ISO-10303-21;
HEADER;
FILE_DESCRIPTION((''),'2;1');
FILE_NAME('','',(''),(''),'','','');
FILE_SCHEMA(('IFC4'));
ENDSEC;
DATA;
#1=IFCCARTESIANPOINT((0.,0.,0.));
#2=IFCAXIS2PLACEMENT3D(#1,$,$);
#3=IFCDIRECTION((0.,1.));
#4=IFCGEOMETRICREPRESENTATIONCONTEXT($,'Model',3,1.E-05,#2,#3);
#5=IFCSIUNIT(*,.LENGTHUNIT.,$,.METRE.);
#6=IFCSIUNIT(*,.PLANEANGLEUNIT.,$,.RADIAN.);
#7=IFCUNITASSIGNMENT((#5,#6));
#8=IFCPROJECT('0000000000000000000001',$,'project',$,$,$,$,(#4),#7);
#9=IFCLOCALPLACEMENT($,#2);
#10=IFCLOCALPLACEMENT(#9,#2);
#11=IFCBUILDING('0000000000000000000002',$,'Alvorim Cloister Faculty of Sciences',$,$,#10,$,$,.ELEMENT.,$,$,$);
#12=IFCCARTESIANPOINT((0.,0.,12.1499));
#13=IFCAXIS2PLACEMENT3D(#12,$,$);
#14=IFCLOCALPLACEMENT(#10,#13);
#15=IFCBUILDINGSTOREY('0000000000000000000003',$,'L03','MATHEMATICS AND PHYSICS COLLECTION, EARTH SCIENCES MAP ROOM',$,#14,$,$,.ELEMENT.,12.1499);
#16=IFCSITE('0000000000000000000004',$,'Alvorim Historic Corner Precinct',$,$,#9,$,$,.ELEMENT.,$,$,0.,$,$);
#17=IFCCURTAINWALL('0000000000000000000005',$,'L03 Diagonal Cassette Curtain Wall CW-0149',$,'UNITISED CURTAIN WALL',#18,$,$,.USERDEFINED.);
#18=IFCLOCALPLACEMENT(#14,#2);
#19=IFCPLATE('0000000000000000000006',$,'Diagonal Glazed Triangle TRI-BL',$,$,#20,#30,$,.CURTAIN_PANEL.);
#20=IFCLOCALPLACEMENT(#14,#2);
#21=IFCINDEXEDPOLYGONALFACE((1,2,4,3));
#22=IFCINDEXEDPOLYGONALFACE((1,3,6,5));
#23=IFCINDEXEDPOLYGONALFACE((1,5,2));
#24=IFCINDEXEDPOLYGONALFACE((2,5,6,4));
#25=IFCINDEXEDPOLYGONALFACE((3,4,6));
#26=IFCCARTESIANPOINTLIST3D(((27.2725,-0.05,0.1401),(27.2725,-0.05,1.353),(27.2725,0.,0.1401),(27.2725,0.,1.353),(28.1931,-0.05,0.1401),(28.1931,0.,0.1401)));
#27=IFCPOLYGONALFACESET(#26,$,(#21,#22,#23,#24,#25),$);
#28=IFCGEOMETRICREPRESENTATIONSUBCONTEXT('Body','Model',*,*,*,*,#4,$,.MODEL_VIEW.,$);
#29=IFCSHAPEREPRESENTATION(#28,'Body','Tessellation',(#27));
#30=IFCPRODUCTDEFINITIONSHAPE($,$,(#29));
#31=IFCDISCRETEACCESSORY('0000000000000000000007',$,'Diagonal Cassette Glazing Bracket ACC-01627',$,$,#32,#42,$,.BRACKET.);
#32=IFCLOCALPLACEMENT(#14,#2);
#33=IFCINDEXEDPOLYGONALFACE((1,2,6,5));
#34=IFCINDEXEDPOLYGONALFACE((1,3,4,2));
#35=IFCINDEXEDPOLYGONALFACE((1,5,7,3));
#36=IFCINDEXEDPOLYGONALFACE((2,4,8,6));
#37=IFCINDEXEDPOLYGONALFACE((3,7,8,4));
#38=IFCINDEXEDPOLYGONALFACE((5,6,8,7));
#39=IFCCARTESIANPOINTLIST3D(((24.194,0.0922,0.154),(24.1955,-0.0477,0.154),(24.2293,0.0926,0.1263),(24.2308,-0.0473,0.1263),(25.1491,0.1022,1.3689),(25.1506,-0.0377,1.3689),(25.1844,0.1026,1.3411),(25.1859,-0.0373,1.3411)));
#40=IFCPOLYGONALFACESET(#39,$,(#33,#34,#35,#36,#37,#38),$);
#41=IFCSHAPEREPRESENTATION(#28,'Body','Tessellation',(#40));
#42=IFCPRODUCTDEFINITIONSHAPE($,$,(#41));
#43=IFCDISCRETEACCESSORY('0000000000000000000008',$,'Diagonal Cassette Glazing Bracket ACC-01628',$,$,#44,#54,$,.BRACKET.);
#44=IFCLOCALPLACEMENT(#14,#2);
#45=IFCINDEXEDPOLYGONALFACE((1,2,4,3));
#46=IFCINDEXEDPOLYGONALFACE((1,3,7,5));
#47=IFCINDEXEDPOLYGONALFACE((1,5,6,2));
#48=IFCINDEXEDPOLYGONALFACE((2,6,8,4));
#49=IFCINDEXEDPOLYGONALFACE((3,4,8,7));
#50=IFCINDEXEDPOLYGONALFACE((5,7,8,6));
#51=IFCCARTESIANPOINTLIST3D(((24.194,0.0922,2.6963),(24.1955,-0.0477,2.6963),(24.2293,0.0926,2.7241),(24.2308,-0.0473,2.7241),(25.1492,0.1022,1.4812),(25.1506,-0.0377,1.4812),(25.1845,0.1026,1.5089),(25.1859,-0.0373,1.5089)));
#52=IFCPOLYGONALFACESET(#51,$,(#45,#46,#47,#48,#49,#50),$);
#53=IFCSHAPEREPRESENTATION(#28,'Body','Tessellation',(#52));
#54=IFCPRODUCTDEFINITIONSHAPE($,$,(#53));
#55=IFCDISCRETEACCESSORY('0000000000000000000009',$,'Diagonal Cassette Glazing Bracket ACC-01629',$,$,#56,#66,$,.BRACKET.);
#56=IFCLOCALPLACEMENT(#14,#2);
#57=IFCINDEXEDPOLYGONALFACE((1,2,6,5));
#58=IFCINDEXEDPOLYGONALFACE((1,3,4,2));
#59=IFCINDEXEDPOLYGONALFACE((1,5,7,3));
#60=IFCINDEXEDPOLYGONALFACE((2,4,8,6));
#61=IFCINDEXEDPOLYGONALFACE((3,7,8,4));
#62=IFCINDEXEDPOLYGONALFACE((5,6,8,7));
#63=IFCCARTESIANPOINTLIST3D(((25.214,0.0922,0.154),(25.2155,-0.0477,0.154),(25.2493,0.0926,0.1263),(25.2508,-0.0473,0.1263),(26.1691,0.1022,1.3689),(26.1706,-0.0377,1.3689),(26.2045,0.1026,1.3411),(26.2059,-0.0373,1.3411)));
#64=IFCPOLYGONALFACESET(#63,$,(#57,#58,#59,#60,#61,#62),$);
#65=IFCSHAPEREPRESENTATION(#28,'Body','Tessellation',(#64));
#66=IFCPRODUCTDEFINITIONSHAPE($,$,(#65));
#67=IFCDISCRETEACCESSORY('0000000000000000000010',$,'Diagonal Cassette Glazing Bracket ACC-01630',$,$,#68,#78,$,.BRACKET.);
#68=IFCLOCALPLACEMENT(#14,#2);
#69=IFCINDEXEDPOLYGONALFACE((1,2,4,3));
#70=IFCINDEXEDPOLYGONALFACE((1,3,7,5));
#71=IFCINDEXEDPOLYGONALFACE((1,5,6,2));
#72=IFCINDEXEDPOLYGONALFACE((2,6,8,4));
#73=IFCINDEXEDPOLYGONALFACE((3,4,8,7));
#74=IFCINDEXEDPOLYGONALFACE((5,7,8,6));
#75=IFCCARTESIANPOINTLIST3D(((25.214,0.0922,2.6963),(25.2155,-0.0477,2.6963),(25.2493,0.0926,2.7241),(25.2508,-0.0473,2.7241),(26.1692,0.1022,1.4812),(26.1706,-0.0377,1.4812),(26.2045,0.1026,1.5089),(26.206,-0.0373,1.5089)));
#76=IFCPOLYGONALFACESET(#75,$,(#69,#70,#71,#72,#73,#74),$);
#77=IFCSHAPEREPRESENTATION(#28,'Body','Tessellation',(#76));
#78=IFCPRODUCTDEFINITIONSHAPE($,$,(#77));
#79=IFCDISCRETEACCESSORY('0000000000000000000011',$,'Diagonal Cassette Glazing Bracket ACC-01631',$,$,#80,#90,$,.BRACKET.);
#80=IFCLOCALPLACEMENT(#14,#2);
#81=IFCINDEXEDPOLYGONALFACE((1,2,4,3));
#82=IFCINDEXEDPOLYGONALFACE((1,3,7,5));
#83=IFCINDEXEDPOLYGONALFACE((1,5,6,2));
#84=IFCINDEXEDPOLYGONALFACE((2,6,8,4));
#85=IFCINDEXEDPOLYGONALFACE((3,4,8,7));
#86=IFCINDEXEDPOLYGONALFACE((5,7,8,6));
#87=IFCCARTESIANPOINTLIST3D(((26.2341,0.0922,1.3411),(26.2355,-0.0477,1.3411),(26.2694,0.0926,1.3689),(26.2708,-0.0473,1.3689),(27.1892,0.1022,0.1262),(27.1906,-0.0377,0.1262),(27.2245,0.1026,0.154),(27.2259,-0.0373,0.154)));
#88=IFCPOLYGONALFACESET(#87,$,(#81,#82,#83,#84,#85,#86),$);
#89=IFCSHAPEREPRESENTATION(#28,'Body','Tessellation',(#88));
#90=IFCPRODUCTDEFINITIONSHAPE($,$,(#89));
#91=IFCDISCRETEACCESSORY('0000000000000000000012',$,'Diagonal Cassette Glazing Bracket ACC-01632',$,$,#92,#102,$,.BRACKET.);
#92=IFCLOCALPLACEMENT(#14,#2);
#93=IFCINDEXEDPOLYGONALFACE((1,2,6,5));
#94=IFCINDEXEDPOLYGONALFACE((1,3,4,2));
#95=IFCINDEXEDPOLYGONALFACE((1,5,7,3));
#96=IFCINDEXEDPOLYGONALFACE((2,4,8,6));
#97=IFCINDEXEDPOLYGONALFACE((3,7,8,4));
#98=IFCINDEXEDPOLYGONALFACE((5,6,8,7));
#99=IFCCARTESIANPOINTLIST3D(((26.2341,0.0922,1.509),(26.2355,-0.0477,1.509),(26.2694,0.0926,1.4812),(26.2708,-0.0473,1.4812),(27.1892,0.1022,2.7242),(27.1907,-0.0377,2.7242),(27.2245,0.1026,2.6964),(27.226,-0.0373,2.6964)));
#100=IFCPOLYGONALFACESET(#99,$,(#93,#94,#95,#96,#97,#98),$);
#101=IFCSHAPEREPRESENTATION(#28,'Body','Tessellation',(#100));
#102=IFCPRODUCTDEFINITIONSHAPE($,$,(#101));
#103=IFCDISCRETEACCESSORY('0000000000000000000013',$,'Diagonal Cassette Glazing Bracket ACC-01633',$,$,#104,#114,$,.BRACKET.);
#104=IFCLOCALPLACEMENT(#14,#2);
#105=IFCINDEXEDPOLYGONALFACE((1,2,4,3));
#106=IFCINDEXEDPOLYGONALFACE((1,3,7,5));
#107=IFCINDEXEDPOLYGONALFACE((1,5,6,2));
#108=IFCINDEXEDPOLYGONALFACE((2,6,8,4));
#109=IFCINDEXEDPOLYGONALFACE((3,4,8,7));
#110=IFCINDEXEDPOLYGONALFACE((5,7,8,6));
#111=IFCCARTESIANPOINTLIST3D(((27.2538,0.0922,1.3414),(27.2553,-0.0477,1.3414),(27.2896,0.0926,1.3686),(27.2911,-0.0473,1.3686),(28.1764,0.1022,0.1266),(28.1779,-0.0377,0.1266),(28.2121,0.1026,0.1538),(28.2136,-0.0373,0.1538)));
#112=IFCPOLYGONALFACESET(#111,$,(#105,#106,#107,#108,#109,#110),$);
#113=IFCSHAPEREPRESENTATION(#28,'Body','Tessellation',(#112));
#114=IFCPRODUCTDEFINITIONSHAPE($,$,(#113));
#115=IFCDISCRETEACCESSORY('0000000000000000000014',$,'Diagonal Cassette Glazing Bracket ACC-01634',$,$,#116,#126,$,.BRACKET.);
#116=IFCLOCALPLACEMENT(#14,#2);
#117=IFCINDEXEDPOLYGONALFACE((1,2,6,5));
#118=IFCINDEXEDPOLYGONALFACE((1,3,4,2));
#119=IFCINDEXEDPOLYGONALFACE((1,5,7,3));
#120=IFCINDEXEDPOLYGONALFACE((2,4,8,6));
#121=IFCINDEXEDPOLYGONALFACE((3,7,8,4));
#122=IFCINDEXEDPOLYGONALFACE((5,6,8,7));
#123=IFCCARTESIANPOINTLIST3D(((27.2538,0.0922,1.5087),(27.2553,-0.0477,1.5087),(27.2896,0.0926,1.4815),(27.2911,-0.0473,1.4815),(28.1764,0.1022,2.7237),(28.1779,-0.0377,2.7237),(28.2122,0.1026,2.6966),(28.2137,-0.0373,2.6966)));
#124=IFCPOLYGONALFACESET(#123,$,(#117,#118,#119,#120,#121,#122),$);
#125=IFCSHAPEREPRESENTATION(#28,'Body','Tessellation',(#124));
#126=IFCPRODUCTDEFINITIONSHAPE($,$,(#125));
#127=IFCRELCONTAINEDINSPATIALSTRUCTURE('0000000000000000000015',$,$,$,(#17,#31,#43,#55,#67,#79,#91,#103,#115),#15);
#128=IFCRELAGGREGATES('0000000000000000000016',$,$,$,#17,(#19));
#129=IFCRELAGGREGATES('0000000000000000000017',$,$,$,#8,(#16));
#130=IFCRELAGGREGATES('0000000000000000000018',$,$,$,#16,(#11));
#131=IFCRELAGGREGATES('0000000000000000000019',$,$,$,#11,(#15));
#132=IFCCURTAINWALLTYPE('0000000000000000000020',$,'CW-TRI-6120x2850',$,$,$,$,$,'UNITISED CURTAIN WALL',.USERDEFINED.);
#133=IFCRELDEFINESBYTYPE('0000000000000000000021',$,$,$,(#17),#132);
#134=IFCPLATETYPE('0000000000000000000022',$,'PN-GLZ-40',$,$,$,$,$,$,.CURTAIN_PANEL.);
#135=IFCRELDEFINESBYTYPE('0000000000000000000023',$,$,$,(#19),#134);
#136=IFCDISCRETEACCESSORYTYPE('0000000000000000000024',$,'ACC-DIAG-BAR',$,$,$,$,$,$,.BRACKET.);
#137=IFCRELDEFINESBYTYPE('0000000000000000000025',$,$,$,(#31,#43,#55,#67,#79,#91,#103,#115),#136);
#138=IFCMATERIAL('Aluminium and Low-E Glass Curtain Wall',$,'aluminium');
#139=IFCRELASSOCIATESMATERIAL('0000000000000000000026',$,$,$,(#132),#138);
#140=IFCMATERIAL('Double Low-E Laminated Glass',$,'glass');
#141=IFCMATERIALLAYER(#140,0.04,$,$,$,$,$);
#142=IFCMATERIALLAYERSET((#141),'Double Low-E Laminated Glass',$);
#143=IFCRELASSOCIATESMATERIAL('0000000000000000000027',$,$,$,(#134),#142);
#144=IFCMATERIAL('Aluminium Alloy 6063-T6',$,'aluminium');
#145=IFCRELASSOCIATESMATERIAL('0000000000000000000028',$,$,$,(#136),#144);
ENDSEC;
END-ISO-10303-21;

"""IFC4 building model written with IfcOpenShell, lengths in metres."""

from ifc_helpers import new_model, si_unit, direction, frame, origin, origin_2d, place, context, subcontext, project, spatial, polyline, rectangle, outline, extrude, material, layer, layer_set, type_object, element, aggregate, save


model = new_model("IFC4")

# Units and contexts
model_context = context("Model", 3, precision=1e-05, world=origin(), true_north=direction((0.0, 1.0)))
body_context = subcontext(model_context, "Body", "Model", "MODEL_VIEW")
ifc_project = project(units=[si_unit("LENGTHUNIT", "METRE"), si_unit("PLANEANGLEUNIT", "RADIAN")], contexts=[model_context])

# Site, building, storey
site_placement = place(None, origin())
site = spatial("IfcSite", under=ifc_project, at=site_placement, Name="Alvorim Historic Corner Precinct", CompositionType="ELEMENT", RefElevation=0.0)
building_placement = place(site_placement, origin())
building = spatial("IfcBuilding", under=site, at=building_placement, Name="Alvorim Cloister Faculty of Sciences", CompositionType="ELEMENT")
storey_placement = place(building_placement, frame((0.0, 0.0, 12.1499)))
storey = spatial("IfcBuildingStorey", under=building, at=storey_placement, Name="L03", Description="MATHEMATICS AND PHYSICS COLLECTION, EARTH SCIENCES MAP ROOM", CompositionType="ELEMENT", Elevation=12.1499)

# Curtain wall, plate
ifc_material_1 = material(Name="Aluminium and Low-E Glass Curtain Wall", Category="aluminium")
curtain_wall_type = type_object("IfcCurtainWallType", Name="CW-TRI-6120x2850", ElementType="UNITISED CURTAIN WALL", PredefinedType="USERDEFINED", material=ifc_material_1)
curtain_wall_placement = place(storey_placement, origin())
curtain_wall = element("IfcCurtainWall", 1, at=curtain_wall_placement, inside=storey, type_object=curtain_wall_type, Name="L03 Diagonal Cassette Curtain Wall CW-0149", ObjectType="UNITISED CURTAIN WALL", PredefinedType="USERDEFINED")
ifc_material_2 = material(Name="Aluminium Alloy 6063-T6", Category="aluminium")
ifc_material_3 = material(Name="Double Low-E Laminated Glass", Category="glass")
ifc_layer = layer(ifc_material_3, 0.04)
ifc_layer_set = layer_set([ifc_layer], Name="Double Low-E Laminated Glass")
plate_type = type_object("IfcPlateType", Name="PN-GLZ-40", PredefinedType="CURTAIN_PANEL", material=ifc_layer_set)
plate_1_placement = place(storey_placement, frame((27.2725, -0.0249, 0.1401), z_axis=(0.0, 0.0, 1.0), x_axis=(1.0, 0.0, 0.0)))
plate_1 = element("IfcPlate", 2, at=plate_1_placement, type_object=plate_type, Name="Diagonal Glazed Triangle TRI-BL", PredefinedType="CURTAIN_PANEL", context=body_context, shape_type="SweptSolid", body=[
    extrude(outline(polyline([(0.0, 0.0), (0.9207, 0.0), (0.0, 1.2129), (0.0, 0.0)])), frame((0.0, 0.0249, 0.0), z_axis=(0.0, -1.0, 0.0), x_axis=(1.0, 0.0, 0.0)), (0.0, 0.0, 1.0), 0.05),
])
aggregate(curtain_wall, [plate_1])

# Discrete accessories
discrete_accessory_type = type_object("IfcDiscreteAccessoryType", Name="ACC-DIAG-BAR", PredefinedType="BRACKET", material=ifc_material_2)
discrete_accessory_1_placement = place(storey_placement, frame((24.2124, 0.0225, 0.1401), z_axis=(0.618032, 0.006477, 0.786126), x_axis=(-0.01048, 0.999945, 0.0)))
element("IfcDiscreteAccessory", 3, at=discrete_accessory_1_placement, inside=storey, type_object=discrete_accessory_type, Name="Diagonal Cassette Glazing Bracket ACC-01627", PredefinedType="BRACKET", context=body_context, shape_type="SweptSolid", body=[
    extrude(rectangle(XDim=0.1399, YDim=0.0449, at=origin_2d()), origin(), (0.0, 0.0, 1.0), 1.5454),
])
discrete_accessory_2_placement = place(storey_placement, frame((24.2124, 0.0225, 2.7102), z_axis=(0.617955, 0.006477, -0.786187), x_axis=(-0.01048, 0.999945, 0.0)))
element("IfcDiscreteAccessory", 4, at=discrete_accessory_2_placement, inside=storey, type_object=discrete_accessory_type, Name="Diagonal Cassette Glazing Bracket ACC-01628", PredefinedType="BRACKET", context=body_context, shape_type="SweptSolid", body=[
    extrude(rectangle(XDim=0.1399, YDim=0.0449, at=origin_2d()), origin(), (0.0, 0.0, 1.0), 1.5457),
])
discrete_accessory_3_placement = place(storey_placement, frame((25.2324, 0.0225, 0.1401), z_axis=(0.618032, 0.006477, 0.786126), x_axis=(-0.01048, 0.999945, 0.0)))
element("IfcDiscreteAccessory", 5, at=discrete_accessory_3_placement, inside=storey, type_object=discrete_accessory_type, Name="Diagonal Cassette Glazing Bracket ACC-01629", PredefinedType="BRACKET", context=body_context, shape_type="SweptSolid", body=[
    extrude(rectangle(XDim=0.1399, YDim=0.0449, at=origin_2d()), origin(), (0.0, 0.0, 1.0), 1.5454),
])
discrete_accessory_4_placement = place(storey_placement, frame((25.2324, 0.0225, 2.7102), z_axis=(0.617955, 0.006477, -0.786187), x_axis=(-0.01048, 0.999945, 0.0)))
element("IfcDiscreteAccessory", 6, at=discrete_accessory_4_placement, inside=storey, type_object=discrete_accessory_type, Name="Diagonal Cassette Glazing Bracket ACC-01630", PredefinedType="BRACKET", context=body_context, shape_type="SweptSolid", body=[
    extrude(rectangle(XDim=0.1399, YDim=0.0449, at=origin_2d()), origin(), (0.0, 0.0, 1.0), 1.5457),
])
discrete_accessory_5_placement = place(storey_placement, frame((26.2524, 0.0225, 1.355), z_axis=(0.618032, 0.006477, -0.786126), x_axis=(-0.01048, 0.999945, 0.0)))
element("IfcDiscreteAccessory", 7, at=discrete_accessory_5_placement, inside=storey, type_object=discrete_accessory_type, Name="Diagonal Cassette Glazing Bracket ACC-01631", PredefinedType="BRACKET", context=body_context, shape_type="SweptSolid", body=[
    extrude(rectangle(XDim=0.1399, YDim=0.0449, at=origin_2d()), origin(), (0.0, 0.0, 1.0), 1.5454),
])
discrete_accessory_6_placement = place(storey_placement, frame((26.2524, 0.0225, 1.4951), z_axis=(0.617955, 0.006477, 0.786187), x_axis=(-0.01048, 0.999945, 0.0)))
element("IfcDiscreteAccessory", 8, at=discrete_accessory_6_placement, inside=storey, type_object=discrete_accessory_type, Name="Diagonal Cassette Glazing Bracket ACC-01632", PredefinedType="BRACKET", context=body_context, shape_type="SweptSolid", body=[
    extrude(rectangle(XDim=0.1399, YDim=0.0449, at=origin_2d()), origin(), (0.0, 0.0, 1.0), 1.5457),
])
discrete_accessory_7_placement = place(storey_placement, frame((27.2725, 0.0225, 1.355), z_axis=(0.60479, 0.006562, -0.796358), x_axis=(-0.010849, 0.999941, 0.0)))
element("IfcDiscreteAccessory", 9, at=discrete_accessory_7_placement, inside=storey, type_object=discrete_accessory_type, Name="Diagonal Cassette Glazing Bracket ACC-01633", PredefinedType="BRACKET", context=body_context, shape_type="SweptSolid", body=[
    extrude(rectangle(XDim=0.1399, YDim=0.0449, at=origin_2d()), origin(), (0.0, 0.0, 1.0), 1.5254),
])
discrete_accessory_8_placement = place(storey_placement, frame((27.2725, 0.0225, 1.4951), z_axis=(0.604713, 0.006561, 0.796416), x_axis=(-0.010849, 0.999941, 0.0)))
element("IfcDiscreteAccessory", 10, at=discrete_accessory_8_placement, inside=storey, type_object=discrete_accessory_type, Name="Diagonal Cassette Glazing Bracket ACC-01634", PredefinedType="BRACKET", context=body_context, shape_type="SweptSolid", body=[
    extrude(rectangle(XDim=0.1399, YDim=0.0449, at=origin_2d()), origin(), (0.0, 0.0, 1.0), 1.5256),
])

save(model, "model.ifc")
